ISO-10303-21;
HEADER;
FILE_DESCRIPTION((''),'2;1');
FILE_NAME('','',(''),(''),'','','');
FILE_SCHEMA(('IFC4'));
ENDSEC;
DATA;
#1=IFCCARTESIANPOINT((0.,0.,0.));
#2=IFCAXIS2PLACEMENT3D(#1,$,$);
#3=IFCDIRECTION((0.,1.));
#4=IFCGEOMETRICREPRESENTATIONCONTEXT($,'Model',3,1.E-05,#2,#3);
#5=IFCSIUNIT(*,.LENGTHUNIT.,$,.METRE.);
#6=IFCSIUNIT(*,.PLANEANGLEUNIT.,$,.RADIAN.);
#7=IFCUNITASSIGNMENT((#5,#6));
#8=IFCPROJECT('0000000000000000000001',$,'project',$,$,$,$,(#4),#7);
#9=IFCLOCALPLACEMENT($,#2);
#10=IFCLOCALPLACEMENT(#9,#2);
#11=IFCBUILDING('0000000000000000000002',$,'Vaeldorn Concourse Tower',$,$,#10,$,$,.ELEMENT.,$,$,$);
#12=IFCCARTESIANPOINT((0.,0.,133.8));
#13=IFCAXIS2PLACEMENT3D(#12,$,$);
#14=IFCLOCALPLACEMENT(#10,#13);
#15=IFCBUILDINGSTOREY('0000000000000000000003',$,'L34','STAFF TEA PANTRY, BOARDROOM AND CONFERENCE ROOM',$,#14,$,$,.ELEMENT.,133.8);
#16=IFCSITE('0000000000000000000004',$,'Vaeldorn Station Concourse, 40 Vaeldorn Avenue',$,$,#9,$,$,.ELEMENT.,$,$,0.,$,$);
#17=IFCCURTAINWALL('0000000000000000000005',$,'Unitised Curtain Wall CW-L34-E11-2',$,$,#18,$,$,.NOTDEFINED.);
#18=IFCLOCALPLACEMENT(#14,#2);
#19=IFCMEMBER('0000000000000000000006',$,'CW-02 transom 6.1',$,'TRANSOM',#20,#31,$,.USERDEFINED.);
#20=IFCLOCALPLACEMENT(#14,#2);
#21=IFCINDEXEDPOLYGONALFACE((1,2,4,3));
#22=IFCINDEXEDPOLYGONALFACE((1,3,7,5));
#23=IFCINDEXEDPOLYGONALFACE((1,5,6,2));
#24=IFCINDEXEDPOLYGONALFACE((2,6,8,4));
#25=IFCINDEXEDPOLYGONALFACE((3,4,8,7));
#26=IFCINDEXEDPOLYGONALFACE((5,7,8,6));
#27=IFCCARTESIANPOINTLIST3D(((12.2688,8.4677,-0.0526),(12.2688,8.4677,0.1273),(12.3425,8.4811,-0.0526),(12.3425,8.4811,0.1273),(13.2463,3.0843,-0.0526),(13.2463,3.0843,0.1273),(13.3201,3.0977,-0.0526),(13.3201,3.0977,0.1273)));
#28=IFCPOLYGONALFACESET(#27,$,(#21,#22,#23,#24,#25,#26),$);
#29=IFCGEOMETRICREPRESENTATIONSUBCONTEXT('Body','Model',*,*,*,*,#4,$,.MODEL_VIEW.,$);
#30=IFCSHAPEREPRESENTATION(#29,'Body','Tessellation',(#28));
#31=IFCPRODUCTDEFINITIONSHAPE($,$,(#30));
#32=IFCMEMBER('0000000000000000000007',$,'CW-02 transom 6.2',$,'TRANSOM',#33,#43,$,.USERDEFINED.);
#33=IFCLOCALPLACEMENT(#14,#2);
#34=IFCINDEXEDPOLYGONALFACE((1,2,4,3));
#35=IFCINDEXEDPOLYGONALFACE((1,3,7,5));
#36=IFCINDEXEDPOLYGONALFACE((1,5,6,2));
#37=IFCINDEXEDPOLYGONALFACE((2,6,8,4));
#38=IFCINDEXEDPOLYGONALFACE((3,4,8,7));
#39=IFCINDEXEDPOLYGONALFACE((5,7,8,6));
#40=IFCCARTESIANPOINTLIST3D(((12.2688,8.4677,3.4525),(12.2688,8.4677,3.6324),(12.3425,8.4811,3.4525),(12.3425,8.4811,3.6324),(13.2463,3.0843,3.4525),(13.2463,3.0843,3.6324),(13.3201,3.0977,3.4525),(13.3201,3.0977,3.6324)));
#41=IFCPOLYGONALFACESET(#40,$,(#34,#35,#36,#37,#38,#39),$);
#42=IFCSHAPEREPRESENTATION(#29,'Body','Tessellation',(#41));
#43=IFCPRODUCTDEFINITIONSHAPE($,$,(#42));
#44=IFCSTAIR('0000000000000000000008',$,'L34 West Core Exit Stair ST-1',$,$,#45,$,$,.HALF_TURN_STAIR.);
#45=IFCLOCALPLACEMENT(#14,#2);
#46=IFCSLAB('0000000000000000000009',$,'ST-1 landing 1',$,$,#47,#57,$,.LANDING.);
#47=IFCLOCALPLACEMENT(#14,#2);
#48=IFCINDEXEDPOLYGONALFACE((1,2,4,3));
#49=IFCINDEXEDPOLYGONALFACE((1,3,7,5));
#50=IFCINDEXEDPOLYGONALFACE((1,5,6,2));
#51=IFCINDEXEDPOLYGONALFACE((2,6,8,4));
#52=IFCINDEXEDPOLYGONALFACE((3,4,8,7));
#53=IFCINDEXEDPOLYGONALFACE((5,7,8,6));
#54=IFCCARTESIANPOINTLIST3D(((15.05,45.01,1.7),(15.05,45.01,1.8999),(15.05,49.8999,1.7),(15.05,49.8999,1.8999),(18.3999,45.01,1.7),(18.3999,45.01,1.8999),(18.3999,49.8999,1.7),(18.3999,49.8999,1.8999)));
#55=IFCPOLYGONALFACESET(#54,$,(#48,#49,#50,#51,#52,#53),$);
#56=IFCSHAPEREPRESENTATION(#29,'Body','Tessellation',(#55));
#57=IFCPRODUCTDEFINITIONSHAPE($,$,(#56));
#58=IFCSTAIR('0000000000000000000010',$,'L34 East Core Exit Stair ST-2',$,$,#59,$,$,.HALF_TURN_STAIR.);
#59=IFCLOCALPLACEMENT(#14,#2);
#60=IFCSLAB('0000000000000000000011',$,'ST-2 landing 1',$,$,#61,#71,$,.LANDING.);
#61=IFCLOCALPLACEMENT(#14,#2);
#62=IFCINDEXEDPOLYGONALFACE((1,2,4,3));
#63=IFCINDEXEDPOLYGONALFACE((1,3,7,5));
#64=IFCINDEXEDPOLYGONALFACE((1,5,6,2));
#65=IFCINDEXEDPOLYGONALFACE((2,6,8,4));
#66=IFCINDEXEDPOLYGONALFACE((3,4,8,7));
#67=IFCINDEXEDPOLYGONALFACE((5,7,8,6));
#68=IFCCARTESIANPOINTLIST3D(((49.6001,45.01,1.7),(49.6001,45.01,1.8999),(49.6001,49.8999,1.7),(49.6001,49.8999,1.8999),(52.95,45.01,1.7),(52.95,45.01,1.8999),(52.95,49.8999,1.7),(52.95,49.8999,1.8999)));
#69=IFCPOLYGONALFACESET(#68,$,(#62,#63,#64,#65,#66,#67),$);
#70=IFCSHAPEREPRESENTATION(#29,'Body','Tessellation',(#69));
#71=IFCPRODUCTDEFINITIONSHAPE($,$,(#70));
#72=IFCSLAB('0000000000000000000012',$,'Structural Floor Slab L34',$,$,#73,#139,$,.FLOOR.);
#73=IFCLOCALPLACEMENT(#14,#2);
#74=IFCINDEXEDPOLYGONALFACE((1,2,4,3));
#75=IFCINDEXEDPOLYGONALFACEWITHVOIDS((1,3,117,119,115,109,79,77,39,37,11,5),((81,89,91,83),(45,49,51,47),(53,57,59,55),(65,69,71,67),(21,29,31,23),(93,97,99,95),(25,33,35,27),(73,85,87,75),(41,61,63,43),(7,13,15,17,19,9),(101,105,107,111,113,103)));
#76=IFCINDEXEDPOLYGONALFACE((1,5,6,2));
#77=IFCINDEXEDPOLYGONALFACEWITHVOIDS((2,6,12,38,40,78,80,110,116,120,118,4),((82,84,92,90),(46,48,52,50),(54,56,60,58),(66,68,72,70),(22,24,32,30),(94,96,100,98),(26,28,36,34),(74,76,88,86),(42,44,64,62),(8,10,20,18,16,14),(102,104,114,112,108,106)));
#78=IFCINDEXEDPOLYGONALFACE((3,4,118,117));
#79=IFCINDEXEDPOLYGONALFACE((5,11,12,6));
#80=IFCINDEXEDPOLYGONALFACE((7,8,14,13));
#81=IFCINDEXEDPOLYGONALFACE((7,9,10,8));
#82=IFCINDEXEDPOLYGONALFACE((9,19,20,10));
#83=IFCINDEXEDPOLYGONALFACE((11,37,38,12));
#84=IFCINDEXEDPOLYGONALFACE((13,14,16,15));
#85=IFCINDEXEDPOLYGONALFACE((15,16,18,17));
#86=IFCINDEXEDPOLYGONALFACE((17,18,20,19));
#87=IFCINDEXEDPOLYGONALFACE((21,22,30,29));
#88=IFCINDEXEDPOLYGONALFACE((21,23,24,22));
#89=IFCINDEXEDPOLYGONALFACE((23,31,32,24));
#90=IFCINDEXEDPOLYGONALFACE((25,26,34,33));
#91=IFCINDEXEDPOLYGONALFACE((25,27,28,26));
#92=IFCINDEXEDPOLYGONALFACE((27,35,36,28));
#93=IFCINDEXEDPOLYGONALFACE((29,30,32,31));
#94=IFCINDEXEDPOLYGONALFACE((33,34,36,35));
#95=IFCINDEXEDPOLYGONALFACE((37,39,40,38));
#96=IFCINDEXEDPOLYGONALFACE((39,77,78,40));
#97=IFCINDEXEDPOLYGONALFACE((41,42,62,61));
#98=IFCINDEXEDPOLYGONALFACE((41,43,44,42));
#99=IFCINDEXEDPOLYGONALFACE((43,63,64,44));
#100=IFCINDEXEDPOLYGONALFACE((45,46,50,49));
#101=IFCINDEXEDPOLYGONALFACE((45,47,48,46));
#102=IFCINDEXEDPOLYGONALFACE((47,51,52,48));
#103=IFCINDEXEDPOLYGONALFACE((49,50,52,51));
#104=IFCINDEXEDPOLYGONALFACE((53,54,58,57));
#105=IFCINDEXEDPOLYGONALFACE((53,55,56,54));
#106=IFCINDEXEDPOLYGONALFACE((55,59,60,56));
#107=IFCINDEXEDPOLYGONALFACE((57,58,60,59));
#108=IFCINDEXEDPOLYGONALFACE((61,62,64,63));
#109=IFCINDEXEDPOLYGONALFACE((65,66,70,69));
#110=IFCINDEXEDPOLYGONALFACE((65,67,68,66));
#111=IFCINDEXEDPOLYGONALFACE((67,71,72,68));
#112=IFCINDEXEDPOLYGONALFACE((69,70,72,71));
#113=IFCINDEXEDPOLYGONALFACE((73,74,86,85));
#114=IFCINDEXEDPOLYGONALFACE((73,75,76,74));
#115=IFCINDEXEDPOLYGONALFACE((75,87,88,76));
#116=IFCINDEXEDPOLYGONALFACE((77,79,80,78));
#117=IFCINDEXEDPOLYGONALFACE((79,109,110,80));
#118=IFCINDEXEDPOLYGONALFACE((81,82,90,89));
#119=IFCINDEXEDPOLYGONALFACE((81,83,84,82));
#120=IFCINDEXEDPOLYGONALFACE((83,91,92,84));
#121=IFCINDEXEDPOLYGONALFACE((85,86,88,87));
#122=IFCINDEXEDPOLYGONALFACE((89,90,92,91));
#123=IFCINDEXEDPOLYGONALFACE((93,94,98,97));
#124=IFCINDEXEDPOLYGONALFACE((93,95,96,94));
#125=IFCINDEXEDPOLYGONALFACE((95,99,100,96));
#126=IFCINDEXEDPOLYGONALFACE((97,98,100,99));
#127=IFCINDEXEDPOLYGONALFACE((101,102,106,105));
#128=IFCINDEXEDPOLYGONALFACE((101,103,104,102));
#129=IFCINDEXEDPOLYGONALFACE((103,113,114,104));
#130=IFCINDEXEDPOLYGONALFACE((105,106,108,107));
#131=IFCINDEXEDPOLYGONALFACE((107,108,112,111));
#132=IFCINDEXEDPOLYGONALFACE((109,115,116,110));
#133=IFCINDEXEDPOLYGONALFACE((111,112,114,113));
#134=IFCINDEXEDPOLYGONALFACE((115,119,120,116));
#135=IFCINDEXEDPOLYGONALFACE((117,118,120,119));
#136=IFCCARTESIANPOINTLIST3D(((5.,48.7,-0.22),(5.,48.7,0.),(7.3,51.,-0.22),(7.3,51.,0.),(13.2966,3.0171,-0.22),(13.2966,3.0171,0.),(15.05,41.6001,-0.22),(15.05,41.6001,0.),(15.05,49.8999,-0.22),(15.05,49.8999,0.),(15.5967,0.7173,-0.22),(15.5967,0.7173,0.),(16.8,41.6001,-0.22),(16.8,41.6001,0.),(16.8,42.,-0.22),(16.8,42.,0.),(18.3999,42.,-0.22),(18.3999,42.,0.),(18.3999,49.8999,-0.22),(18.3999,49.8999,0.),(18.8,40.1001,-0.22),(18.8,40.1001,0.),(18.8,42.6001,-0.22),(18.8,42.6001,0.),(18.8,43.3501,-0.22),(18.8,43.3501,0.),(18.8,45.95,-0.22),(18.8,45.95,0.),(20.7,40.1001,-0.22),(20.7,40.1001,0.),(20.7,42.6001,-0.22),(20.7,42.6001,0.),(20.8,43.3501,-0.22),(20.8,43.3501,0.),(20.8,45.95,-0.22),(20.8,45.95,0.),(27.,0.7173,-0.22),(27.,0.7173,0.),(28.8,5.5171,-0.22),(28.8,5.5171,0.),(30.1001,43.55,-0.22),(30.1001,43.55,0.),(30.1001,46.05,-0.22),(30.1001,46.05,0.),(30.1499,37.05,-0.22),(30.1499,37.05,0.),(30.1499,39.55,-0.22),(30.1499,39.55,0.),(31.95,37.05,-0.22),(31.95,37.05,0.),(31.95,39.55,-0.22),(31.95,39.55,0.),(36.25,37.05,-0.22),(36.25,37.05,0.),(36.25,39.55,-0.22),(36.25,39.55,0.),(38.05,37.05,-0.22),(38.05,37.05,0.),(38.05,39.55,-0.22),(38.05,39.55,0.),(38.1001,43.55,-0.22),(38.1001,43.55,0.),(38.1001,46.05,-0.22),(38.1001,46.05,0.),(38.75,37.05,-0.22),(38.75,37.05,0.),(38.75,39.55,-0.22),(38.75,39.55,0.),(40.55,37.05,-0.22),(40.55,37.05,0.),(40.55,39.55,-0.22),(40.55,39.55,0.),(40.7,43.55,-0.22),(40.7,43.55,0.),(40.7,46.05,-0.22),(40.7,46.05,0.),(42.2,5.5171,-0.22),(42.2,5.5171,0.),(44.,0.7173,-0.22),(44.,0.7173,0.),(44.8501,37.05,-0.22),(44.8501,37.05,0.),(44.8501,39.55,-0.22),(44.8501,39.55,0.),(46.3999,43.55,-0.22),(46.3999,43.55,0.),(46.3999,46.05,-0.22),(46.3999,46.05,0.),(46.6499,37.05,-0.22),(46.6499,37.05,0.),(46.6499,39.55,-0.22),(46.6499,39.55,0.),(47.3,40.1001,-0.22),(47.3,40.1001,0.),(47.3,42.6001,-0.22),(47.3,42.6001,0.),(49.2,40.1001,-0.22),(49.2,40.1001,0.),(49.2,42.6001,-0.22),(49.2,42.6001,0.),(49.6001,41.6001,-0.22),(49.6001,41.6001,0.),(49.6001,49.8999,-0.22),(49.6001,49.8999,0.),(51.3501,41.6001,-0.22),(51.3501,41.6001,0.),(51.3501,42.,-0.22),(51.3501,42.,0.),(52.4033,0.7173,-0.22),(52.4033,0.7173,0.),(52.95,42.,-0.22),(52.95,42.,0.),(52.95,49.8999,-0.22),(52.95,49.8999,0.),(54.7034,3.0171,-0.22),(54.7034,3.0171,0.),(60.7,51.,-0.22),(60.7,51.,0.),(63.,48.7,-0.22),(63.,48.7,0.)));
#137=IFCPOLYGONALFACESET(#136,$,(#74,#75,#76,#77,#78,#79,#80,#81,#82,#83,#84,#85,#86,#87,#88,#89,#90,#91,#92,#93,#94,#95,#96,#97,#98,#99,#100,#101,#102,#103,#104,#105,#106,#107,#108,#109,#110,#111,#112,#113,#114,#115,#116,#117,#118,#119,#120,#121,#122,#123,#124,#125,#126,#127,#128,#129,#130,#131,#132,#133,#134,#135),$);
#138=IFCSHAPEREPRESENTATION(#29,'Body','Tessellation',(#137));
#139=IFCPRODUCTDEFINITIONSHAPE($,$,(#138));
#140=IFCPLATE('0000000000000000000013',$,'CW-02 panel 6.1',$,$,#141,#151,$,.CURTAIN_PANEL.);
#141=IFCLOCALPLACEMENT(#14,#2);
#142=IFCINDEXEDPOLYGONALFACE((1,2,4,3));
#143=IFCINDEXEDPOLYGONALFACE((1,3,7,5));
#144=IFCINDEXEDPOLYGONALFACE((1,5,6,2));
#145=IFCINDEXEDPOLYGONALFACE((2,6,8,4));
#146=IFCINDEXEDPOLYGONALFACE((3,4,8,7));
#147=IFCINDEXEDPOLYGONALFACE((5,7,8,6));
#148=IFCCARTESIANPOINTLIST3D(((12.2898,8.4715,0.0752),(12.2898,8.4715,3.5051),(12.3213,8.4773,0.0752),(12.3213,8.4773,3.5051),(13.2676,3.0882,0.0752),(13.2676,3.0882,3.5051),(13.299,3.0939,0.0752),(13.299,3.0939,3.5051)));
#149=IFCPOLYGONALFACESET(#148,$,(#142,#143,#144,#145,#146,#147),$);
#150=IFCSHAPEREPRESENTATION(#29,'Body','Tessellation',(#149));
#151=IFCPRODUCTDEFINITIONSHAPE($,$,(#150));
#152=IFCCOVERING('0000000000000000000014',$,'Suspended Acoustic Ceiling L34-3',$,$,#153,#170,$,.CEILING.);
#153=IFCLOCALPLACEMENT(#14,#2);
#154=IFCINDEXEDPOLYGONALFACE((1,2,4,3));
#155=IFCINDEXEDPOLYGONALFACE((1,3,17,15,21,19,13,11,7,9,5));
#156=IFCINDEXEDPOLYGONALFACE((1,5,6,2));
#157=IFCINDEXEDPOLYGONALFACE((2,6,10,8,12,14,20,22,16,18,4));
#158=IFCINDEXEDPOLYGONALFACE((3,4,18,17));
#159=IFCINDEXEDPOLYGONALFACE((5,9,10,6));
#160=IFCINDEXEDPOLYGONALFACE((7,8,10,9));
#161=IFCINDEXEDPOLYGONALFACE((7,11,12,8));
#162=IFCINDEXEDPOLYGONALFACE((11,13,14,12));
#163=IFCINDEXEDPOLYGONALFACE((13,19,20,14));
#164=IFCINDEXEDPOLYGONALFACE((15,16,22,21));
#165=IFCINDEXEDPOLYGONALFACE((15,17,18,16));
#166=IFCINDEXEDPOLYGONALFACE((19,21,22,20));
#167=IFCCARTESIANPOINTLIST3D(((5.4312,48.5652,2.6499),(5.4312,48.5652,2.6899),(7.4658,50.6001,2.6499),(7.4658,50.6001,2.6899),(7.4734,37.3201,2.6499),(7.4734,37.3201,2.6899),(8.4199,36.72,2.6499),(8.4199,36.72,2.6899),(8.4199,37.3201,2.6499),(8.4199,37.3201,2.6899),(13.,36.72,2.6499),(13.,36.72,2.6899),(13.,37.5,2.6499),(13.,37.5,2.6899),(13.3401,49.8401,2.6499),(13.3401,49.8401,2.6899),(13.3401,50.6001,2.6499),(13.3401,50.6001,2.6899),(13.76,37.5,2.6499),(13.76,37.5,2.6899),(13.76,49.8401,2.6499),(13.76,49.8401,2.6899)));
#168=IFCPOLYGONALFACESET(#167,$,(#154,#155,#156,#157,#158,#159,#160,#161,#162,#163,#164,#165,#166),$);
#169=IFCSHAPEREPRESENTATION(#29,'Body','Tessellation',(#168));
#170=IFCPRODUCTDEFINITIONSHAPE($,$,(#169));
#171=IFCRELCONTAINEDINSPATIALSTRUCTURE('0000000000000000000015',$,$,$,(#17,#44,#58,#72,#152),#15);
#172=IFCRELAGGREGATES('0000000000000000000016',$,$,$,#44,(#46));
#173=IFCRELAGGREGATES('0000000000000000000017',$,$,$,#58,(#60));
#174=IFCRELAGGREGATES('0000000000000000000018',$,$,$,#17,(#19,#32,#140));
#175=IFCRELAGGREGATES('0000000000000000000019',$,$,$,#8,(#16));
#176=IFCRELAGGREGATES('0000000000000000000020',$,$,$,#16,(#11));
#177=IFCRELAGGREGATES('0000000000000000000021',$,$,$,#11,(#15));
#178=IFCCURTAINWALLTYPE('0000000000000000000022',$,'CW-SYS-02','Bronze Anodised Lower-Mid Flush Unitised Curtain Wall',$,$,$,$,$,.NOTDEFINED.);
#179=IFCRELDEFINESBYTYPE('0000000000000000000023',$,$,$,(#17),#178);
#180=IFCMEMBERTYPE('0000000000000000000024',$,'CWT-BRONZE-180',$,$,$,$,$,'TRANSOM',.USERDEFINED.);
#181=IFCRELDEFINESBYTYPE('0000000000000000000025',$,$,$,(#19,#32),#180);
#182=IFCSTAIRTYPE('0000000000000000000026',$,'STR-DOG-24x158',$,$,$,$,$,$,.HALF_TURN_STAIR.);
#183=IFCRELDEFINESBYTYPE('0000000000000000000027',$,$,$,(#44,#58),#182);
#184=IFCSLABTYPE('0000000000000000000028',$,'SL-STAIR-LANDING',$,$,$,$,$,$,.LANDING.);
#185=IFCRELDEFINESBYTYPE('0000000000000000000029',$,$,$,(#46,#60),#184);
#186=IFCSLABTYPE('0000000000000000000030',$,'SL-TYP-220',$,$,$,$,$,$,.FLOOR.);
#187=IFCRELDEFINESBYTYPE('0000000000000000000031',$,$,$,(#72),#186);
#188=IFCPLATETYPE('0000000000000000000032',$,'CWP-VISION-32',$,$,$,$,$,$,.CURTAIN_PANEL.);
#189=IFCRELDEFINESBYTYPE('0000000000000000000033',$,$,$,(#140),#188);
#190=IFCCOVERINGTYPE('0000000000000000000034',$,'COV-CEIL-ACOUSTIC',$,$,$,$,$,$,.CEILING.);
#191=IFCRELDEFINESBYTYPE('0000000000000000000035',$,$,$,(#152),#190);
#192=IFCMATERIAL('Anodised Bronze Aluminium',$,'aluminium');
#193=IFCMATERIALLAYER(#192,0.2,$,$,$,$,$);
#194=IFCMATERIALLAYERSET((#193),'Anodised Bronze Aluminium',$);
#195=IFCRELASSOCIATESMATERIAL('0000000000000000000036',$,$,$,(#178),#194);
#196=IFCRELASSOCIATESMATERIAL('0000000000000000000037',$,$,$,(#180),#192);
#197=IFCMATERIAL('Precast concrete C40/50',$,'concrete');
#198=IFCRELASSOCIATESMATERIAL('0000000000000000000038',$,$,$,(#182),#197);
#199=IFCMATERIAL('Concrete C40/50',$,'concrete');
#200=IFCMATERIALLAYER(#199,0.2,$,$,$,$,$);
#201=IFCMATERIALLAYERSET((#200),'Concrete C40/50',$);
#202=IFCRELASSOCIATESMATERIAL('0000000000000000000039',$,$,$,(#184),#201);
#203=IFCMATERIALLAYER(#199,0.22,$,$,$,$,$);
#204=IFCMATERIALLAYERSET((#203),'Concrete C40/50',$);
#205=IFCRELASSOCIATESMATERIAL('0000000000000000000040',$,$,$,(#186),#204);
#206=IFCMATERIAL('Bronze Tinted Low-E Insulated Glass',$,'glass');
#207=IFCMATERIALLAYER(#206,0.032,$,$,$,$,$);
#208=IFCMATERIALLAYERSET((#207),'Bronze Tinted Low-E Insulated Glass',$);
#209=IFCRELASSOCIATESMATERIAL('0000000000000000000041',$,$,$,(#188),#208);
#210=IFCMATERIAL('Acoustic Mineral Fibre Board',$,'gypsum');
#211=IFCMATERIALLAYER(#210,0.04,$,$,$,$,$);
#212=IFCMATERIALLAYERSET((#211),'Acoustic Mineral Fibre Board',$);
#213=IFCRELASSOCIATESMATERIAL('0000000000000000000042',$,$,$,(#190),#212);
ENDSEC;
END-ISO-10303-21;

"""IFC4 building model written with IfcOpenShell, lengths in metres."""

from ifc_helpers import new_model, si_unit, direction, frame, origin, origin_2d, place, context, subcontext, project, spatial, polyline, rectangle, outline, extrude, source, transform, mapped, material, layer, layer_set, material_profile, profile_set, type_object, element, aggregate, save


model = new_model("IFC4")

# Units and contexts
model_context = context("Model", 3, precision=1e-05, world=origin(), true_north=direction((0.0, 1.0)))
body_context = subcontext(model_context, "Body", "Model", "MODEL_VIEW")
ifc_project = project(units=[si_unit("LENGTHUNIT", "METRE"), si_unit("PLANEANGLEUNIT", "RADIAN")], contexts=[model_context])

# Site, building, storey
site_placement = place(None, origin())
site = spatial("IfcSite", under=ifc_project, at=site_placement, Name="Vaeldorn Station Concourse, 40 Vaeldorn Avenue", CompositionType="ELEMENT", RefElevation=0.0)
building_placement = place(site_placement, origin())
building = spatial("IfcBuilding", under=site, at=building_placement, Name="Vaeldorn Concourse Tower", CompositionType="ELEMENT")
storey_placement = place(building_placement, frame((0.0, 0.0, 133.8)))
storey = spatial("IfcBuildingStorey", under=building, at=storey_placement, Name="L34", Description="STAFF TEA PANTRY, BOARDROOM AND CONFERENCE ROOM", CompositionType="ELEMENT", Elevation=133.8)

# Curtain wall, members
ifc_material_1 = material(Name="Anodised Bronze Aluminium", Category="aluminium")
ifc_layer_1 = layer(ifc_material_1, 0.2)
ifc_layer_set_1 = layer_set([ifc_layer_1], Name="Anodised Bronze Aluminium")
curtain_wall_type = type_object("IfcCurtainWallType", Name="CW-SYS-02", Description="Bronze Anodised Lower-Mid Flush Unitised Curtain Wall", PredefinedType="NOTDEFINED", material=ifc_layer_set_1)
curtain_wall_placement = place(storey_placement, origin())
curtain_wall = element("IfcCurtainWall", 1, at=curtain_wall_placement, inside=storey, type_object=curtain_wall_type, Name="Unitised Curtain Wall CW-L34-E11-2", PredefinedType="NOTDEFINED")
ifc_material_profile = material_profile(ifc_material_1, rectangle(XDim=0.075, YDim=0.1799, at=origin_2d()), Name="CWT 75x180")
ifc_profile_set = profile_set([ifc_material_profile], Name="Anodised Bronze Aluminium")
member_type = type_object("IfcMemberType", Name="CWT-BRONZE-180", ElementType="TRANSOM", PredefinedType="USERDEFINED", material=ifc_profile_set)
shared_shape_1 = source(origin(), body_context, "Body", "SweptSolid", [
    extrude(rectangle(XDim=0.075, YDim=0.1799, at=origin_2d()), origin(), (0.0, 0.0, 1.0), 5.4714),
])
member_1_placement = place(storey_placement, frame((12.3057, 8.4744, 0.0374), z_axis=(0.178666, -0.98391, 0.0), x_axis=(0.98391, 0.178666, 0.0)))
member_1 = element("IfcMember", 2, at=member_1_placement, type_object=member_type, Name="CW-02 transom 6.1", ObjectType="TRANSOM", PredefinedType="USERDEFINED", context=body_context, shape_type="MappedRepresentation", body=[
    mapped(shared_shape_1, transform((0.0, 0.0, 0.0), scale=1.0)),
])
member_2_placement = place(storey_placement, frame((12.3057, 8.4744, 3.5425), z_axis=(0.178666, -0.98391, 0.0), x_axis=(0.98391, 0.178666, 0.0)))
member_2 = element("IfcMember", 3, at=member_2_placement, type_object=member_type, Name="CW-02 transom 6.2", ObjectType="TRANSOM", PredefinedType="USERDEFINED", context=body_context, shape_type="MappedRepresentation", body=[
    mapped(shared_shape_1, transform((0.0, 0.0, 0.0), scale=1.0)),
])

# Stairs, slabs
ifc_material_2 = material(Name="Precast concrete C40/50", Category="concrete")
stair_type = type_object("IfcStairType", Name="STR-DOG-24x158", PredefinedType="HALF_TURN_STAIR", material=ifc_material_2)
stair_1_placement = place(storey_placement, origin())
stair_1 = element("IfcStair", 4, at=stair_1_placement, inside=storey, type_object=stair_type, Name="L34 West Core Exit Stair ST-1", PredefinedType="HALF_TURN_STAIR")
ifc_material_3 = material(Name="Concrete C40/50", Category="concrete")
ifc_layer_2 = layer(ifc_material_3, 0.2)
ifc_layer_set_2 = layer_set([ifc_layer_2], Name="Concrete C40/50")
slab_type_1 = type_object("IfcSlabType", Name="SL-STAIR-LANDING", PredefinedType="LANDING", material=ifc_layer_set_2)
slab_1_placement = place(storey_placement, frame((0.0, 0.0, 1.7)))
slab_1 = element("IfcSlab", 5, at=slab_1_placement, type_object=slab_type_1, Name="ST-1 landing 1", PredefinedType="LANDING", context=body_context, shape_type="SweptSolid", body=[
    extrude(outline(polyline([(18.3999, 45.01), (18.3999, 49.8999), (15.05, 49.8999), (15.05, 45.01), (18.3999, 45.01)])), origin(), (0.0, 0.0, 1.0), 0.2),
])
aggregate(stair_1, [slab_1])
stair_2_placement = place(storey_placement, origin())
stair_2 = element("IfcStair", 6, at=stair_2_placement, inside=storey, type_object=stair_type, Name="L34 East Core Exit Stair ST-2", PredefinedType="HALF_TURN_STAIR")
slab_2_placement = place(storey_placement, frame((0.0, 0.0, 1.7)))
slab_2 = element("IfcSlab", 7, at=slab_2_placement, type_object=slab_type_1, Name="ST-2 landing 1", PredefinedType="LANDING", context=body_context, shape_type="SweptSolid", body=[
    extrude(outline(polyline([(52.95, 45.01), (52.95, 49.8999), (49.6001, 49.8999), (49.6001, 45.01), (52.95, 45.01)])), origin(), (0.0, 0.0, 1.0), 0.2),
])
aggregate(stair_2, [slab_2])

# Slab
ifc_layer_3 = layer(ifc_material_3, 0.22)
ifc_layer_set_3 = layer_set([ifc_layer_3], Name="Concrete C40/50")
slab_type_2 = type_object("IfcSlabType", Name="SL-TYP-220", PredefinedType="FLOOR", material=ifc_layer_set_3)
slab_3_placement = place(storey_placement, frame((0.0, 0.0, -0.22)))
element("IfcSlab", 8, at=slab_3_placement, inside=storey, type_object=slab_type_2, Name="Structural Floor Slab L34", PredefinedType="FLOOR", context=body_context, shape_type="SweptSolid", body=[
    extrude(outline(polyline([(15.5967, 0.7173), (27.0, 0.7173), (28.8, 5.5171), (42.2, 5.5171), (44.0, 0.7173), (52.4033, 0.7173), (54.7034, 3.0171), (63.0, 48.7), (60.7, 51.0), (7.3, 51.0), (5.0, 48.7), (13.2966, 3.0171), (15.5967, 0.7173)]), holes=[polyline([(18.3999, 42.0), (18.3999, 49.8999), (15.05, 49.8999), (15.05, 41.6001), (16.8, 41.6001), (16.8, 42.0), (18.3999, 42.0)]), polyline([(52.95, 42.0), (52.95, 49.8999), (49.6001, 49.8999), (49.6001, 41.6001), (51.3501, 41.6001), (51.3501, 42.0), (52.95, 42.0)]), polyline([(30.1499, 37.05), (31.95, 37.05), (31.95, 39.55), (30.1499, 39.55), (30.1499, 37.05)]), polyline([(36.25, 37.05), (38.05, 37.05), (38.05, 39.55), (36.25, 39.55), (36.25, 37.05)]), polyline([(30.1001, 43.55), (38.1001, 43.55), (38.1001, 46.05), (30.1001, 46.05), (30.1001, 43.55)]), polyline([(38.75, 37.05), (40.55, 37.05), (40.55, 39.55), (38.75, 39.55), (38.75, 37.05)]), polyline([(44.8501, 37.05), (46.6499, 37.05), (46.6499, 39.55), (44.8501, 39.55), (44.8501, 37.05)]), polyline([(40.7, 43.55), (46.3999, 43.55), (46.3999, 46.05), (40.7, 46.05), (40.7, 43.55)]), polyline([(18.8, 43.3501), (20.8, 43.3501), (20.8, 45.95), (18.8, 45.95), (18.8, 43.3501)]), polyline([(18.8, 40.1001), (20.7, 40.1001), (20.7, 42.6001), (18.8, 42.6001), (18.8, 40.1001)]), polyline([(47.3, 40.1001), (49.2, 40.1001), (49.2, 42.6001), (47.3, 42.6001), (47.3, 40.1001)])]), origin(), (0.0, 0.0, 1.0), 0.22),
])

# Plate
ifc_material_4 = material(Name="Bronze Tinted Low-E Insulated Glass", Category="glass")
ifc_layer_4 = layer(ifc_material_4, 0.032)
ifc_layer_set_4 = layer_set([ifc_layer_4], Name="Bronze Tinted Low-E Insulated Glass")
plate_type = type_object("IfcPlateType", Name="CWP-VISION-32", PredefinedType="CURTAIN_PANEL", material=ifc_layer_set_4)
shared_shape_2 = source(origin(), body_context, "Body", "SweptSolid", [
    extrude(rectangle(XDim=5.4714, YDim=0.032, at=origin_2d()), origin(), (0.0, 0.0, 1.0), 3.4299),
])
plate_placement = place(storey_placement, frame((12.7944, 5.7827, 0.0752), z_axis=(0.0, 0.0, 1.0), x_axis=(0.178692, -0.983905, 0.0)))
plate = element("IfcPlate", 9, at=plate_placement, type_object=plate_type, Name="CW-02 panel 6.1", PredefinedType="CURTAIN_PANEL", context=body_context, shape_type="MappedRepresentation", body=[
    mapped(shared_shape_2, transform((0.0, 0.0, 0.0), scale=1.0)),
])
aggregate(curtain_wall, [member_1, member_2, plate])

# Covering
ifc_material_5 = material(Name="Acoustic Mineral Fibre Board", Category="gypsum")
ifc_layer_5 = layer(ifc_material_5, 0.04)
ifc_layer_set_5 = layer_set([ifc_layer_5], Name="Acoustic Mineral Fibre Board")
covering_type_1 = type_object("IfcCoveringType", Name="COV-CEIL-ACOUSTIC", PredefinedType="CEILING", material=ifc_layer_set_5)
covering_1_placement = place(storey_placement, frame((0.0, 0.0, 2.6499)))
element("IfcCovering", 10, at=covering_1_placement, inside=storey, type_object=covering_type_1, Name="Suspended Acoustic Ceiling L34-3", PredefinedType="CEILING", context=body_context, shape_type="SweptSolid", body=[
    extrude(outline(polyline([(7.4658, 50.6001), (13.3401, 50.6001), (13.3401, 49.8401), (13.76, 49.8401), (13.76, 37.5), (13.0, 37.5), (13.0, 36.72), (8.4199, 36.72), (8.4199, 37.3201), (7.4734, 37.3201), (5.4312, 48.5652), (7.4658, 50.6001)])), origin(), (0.0, 0.0, 1.0), 0.04),
])

save(model, "model.ifc")
